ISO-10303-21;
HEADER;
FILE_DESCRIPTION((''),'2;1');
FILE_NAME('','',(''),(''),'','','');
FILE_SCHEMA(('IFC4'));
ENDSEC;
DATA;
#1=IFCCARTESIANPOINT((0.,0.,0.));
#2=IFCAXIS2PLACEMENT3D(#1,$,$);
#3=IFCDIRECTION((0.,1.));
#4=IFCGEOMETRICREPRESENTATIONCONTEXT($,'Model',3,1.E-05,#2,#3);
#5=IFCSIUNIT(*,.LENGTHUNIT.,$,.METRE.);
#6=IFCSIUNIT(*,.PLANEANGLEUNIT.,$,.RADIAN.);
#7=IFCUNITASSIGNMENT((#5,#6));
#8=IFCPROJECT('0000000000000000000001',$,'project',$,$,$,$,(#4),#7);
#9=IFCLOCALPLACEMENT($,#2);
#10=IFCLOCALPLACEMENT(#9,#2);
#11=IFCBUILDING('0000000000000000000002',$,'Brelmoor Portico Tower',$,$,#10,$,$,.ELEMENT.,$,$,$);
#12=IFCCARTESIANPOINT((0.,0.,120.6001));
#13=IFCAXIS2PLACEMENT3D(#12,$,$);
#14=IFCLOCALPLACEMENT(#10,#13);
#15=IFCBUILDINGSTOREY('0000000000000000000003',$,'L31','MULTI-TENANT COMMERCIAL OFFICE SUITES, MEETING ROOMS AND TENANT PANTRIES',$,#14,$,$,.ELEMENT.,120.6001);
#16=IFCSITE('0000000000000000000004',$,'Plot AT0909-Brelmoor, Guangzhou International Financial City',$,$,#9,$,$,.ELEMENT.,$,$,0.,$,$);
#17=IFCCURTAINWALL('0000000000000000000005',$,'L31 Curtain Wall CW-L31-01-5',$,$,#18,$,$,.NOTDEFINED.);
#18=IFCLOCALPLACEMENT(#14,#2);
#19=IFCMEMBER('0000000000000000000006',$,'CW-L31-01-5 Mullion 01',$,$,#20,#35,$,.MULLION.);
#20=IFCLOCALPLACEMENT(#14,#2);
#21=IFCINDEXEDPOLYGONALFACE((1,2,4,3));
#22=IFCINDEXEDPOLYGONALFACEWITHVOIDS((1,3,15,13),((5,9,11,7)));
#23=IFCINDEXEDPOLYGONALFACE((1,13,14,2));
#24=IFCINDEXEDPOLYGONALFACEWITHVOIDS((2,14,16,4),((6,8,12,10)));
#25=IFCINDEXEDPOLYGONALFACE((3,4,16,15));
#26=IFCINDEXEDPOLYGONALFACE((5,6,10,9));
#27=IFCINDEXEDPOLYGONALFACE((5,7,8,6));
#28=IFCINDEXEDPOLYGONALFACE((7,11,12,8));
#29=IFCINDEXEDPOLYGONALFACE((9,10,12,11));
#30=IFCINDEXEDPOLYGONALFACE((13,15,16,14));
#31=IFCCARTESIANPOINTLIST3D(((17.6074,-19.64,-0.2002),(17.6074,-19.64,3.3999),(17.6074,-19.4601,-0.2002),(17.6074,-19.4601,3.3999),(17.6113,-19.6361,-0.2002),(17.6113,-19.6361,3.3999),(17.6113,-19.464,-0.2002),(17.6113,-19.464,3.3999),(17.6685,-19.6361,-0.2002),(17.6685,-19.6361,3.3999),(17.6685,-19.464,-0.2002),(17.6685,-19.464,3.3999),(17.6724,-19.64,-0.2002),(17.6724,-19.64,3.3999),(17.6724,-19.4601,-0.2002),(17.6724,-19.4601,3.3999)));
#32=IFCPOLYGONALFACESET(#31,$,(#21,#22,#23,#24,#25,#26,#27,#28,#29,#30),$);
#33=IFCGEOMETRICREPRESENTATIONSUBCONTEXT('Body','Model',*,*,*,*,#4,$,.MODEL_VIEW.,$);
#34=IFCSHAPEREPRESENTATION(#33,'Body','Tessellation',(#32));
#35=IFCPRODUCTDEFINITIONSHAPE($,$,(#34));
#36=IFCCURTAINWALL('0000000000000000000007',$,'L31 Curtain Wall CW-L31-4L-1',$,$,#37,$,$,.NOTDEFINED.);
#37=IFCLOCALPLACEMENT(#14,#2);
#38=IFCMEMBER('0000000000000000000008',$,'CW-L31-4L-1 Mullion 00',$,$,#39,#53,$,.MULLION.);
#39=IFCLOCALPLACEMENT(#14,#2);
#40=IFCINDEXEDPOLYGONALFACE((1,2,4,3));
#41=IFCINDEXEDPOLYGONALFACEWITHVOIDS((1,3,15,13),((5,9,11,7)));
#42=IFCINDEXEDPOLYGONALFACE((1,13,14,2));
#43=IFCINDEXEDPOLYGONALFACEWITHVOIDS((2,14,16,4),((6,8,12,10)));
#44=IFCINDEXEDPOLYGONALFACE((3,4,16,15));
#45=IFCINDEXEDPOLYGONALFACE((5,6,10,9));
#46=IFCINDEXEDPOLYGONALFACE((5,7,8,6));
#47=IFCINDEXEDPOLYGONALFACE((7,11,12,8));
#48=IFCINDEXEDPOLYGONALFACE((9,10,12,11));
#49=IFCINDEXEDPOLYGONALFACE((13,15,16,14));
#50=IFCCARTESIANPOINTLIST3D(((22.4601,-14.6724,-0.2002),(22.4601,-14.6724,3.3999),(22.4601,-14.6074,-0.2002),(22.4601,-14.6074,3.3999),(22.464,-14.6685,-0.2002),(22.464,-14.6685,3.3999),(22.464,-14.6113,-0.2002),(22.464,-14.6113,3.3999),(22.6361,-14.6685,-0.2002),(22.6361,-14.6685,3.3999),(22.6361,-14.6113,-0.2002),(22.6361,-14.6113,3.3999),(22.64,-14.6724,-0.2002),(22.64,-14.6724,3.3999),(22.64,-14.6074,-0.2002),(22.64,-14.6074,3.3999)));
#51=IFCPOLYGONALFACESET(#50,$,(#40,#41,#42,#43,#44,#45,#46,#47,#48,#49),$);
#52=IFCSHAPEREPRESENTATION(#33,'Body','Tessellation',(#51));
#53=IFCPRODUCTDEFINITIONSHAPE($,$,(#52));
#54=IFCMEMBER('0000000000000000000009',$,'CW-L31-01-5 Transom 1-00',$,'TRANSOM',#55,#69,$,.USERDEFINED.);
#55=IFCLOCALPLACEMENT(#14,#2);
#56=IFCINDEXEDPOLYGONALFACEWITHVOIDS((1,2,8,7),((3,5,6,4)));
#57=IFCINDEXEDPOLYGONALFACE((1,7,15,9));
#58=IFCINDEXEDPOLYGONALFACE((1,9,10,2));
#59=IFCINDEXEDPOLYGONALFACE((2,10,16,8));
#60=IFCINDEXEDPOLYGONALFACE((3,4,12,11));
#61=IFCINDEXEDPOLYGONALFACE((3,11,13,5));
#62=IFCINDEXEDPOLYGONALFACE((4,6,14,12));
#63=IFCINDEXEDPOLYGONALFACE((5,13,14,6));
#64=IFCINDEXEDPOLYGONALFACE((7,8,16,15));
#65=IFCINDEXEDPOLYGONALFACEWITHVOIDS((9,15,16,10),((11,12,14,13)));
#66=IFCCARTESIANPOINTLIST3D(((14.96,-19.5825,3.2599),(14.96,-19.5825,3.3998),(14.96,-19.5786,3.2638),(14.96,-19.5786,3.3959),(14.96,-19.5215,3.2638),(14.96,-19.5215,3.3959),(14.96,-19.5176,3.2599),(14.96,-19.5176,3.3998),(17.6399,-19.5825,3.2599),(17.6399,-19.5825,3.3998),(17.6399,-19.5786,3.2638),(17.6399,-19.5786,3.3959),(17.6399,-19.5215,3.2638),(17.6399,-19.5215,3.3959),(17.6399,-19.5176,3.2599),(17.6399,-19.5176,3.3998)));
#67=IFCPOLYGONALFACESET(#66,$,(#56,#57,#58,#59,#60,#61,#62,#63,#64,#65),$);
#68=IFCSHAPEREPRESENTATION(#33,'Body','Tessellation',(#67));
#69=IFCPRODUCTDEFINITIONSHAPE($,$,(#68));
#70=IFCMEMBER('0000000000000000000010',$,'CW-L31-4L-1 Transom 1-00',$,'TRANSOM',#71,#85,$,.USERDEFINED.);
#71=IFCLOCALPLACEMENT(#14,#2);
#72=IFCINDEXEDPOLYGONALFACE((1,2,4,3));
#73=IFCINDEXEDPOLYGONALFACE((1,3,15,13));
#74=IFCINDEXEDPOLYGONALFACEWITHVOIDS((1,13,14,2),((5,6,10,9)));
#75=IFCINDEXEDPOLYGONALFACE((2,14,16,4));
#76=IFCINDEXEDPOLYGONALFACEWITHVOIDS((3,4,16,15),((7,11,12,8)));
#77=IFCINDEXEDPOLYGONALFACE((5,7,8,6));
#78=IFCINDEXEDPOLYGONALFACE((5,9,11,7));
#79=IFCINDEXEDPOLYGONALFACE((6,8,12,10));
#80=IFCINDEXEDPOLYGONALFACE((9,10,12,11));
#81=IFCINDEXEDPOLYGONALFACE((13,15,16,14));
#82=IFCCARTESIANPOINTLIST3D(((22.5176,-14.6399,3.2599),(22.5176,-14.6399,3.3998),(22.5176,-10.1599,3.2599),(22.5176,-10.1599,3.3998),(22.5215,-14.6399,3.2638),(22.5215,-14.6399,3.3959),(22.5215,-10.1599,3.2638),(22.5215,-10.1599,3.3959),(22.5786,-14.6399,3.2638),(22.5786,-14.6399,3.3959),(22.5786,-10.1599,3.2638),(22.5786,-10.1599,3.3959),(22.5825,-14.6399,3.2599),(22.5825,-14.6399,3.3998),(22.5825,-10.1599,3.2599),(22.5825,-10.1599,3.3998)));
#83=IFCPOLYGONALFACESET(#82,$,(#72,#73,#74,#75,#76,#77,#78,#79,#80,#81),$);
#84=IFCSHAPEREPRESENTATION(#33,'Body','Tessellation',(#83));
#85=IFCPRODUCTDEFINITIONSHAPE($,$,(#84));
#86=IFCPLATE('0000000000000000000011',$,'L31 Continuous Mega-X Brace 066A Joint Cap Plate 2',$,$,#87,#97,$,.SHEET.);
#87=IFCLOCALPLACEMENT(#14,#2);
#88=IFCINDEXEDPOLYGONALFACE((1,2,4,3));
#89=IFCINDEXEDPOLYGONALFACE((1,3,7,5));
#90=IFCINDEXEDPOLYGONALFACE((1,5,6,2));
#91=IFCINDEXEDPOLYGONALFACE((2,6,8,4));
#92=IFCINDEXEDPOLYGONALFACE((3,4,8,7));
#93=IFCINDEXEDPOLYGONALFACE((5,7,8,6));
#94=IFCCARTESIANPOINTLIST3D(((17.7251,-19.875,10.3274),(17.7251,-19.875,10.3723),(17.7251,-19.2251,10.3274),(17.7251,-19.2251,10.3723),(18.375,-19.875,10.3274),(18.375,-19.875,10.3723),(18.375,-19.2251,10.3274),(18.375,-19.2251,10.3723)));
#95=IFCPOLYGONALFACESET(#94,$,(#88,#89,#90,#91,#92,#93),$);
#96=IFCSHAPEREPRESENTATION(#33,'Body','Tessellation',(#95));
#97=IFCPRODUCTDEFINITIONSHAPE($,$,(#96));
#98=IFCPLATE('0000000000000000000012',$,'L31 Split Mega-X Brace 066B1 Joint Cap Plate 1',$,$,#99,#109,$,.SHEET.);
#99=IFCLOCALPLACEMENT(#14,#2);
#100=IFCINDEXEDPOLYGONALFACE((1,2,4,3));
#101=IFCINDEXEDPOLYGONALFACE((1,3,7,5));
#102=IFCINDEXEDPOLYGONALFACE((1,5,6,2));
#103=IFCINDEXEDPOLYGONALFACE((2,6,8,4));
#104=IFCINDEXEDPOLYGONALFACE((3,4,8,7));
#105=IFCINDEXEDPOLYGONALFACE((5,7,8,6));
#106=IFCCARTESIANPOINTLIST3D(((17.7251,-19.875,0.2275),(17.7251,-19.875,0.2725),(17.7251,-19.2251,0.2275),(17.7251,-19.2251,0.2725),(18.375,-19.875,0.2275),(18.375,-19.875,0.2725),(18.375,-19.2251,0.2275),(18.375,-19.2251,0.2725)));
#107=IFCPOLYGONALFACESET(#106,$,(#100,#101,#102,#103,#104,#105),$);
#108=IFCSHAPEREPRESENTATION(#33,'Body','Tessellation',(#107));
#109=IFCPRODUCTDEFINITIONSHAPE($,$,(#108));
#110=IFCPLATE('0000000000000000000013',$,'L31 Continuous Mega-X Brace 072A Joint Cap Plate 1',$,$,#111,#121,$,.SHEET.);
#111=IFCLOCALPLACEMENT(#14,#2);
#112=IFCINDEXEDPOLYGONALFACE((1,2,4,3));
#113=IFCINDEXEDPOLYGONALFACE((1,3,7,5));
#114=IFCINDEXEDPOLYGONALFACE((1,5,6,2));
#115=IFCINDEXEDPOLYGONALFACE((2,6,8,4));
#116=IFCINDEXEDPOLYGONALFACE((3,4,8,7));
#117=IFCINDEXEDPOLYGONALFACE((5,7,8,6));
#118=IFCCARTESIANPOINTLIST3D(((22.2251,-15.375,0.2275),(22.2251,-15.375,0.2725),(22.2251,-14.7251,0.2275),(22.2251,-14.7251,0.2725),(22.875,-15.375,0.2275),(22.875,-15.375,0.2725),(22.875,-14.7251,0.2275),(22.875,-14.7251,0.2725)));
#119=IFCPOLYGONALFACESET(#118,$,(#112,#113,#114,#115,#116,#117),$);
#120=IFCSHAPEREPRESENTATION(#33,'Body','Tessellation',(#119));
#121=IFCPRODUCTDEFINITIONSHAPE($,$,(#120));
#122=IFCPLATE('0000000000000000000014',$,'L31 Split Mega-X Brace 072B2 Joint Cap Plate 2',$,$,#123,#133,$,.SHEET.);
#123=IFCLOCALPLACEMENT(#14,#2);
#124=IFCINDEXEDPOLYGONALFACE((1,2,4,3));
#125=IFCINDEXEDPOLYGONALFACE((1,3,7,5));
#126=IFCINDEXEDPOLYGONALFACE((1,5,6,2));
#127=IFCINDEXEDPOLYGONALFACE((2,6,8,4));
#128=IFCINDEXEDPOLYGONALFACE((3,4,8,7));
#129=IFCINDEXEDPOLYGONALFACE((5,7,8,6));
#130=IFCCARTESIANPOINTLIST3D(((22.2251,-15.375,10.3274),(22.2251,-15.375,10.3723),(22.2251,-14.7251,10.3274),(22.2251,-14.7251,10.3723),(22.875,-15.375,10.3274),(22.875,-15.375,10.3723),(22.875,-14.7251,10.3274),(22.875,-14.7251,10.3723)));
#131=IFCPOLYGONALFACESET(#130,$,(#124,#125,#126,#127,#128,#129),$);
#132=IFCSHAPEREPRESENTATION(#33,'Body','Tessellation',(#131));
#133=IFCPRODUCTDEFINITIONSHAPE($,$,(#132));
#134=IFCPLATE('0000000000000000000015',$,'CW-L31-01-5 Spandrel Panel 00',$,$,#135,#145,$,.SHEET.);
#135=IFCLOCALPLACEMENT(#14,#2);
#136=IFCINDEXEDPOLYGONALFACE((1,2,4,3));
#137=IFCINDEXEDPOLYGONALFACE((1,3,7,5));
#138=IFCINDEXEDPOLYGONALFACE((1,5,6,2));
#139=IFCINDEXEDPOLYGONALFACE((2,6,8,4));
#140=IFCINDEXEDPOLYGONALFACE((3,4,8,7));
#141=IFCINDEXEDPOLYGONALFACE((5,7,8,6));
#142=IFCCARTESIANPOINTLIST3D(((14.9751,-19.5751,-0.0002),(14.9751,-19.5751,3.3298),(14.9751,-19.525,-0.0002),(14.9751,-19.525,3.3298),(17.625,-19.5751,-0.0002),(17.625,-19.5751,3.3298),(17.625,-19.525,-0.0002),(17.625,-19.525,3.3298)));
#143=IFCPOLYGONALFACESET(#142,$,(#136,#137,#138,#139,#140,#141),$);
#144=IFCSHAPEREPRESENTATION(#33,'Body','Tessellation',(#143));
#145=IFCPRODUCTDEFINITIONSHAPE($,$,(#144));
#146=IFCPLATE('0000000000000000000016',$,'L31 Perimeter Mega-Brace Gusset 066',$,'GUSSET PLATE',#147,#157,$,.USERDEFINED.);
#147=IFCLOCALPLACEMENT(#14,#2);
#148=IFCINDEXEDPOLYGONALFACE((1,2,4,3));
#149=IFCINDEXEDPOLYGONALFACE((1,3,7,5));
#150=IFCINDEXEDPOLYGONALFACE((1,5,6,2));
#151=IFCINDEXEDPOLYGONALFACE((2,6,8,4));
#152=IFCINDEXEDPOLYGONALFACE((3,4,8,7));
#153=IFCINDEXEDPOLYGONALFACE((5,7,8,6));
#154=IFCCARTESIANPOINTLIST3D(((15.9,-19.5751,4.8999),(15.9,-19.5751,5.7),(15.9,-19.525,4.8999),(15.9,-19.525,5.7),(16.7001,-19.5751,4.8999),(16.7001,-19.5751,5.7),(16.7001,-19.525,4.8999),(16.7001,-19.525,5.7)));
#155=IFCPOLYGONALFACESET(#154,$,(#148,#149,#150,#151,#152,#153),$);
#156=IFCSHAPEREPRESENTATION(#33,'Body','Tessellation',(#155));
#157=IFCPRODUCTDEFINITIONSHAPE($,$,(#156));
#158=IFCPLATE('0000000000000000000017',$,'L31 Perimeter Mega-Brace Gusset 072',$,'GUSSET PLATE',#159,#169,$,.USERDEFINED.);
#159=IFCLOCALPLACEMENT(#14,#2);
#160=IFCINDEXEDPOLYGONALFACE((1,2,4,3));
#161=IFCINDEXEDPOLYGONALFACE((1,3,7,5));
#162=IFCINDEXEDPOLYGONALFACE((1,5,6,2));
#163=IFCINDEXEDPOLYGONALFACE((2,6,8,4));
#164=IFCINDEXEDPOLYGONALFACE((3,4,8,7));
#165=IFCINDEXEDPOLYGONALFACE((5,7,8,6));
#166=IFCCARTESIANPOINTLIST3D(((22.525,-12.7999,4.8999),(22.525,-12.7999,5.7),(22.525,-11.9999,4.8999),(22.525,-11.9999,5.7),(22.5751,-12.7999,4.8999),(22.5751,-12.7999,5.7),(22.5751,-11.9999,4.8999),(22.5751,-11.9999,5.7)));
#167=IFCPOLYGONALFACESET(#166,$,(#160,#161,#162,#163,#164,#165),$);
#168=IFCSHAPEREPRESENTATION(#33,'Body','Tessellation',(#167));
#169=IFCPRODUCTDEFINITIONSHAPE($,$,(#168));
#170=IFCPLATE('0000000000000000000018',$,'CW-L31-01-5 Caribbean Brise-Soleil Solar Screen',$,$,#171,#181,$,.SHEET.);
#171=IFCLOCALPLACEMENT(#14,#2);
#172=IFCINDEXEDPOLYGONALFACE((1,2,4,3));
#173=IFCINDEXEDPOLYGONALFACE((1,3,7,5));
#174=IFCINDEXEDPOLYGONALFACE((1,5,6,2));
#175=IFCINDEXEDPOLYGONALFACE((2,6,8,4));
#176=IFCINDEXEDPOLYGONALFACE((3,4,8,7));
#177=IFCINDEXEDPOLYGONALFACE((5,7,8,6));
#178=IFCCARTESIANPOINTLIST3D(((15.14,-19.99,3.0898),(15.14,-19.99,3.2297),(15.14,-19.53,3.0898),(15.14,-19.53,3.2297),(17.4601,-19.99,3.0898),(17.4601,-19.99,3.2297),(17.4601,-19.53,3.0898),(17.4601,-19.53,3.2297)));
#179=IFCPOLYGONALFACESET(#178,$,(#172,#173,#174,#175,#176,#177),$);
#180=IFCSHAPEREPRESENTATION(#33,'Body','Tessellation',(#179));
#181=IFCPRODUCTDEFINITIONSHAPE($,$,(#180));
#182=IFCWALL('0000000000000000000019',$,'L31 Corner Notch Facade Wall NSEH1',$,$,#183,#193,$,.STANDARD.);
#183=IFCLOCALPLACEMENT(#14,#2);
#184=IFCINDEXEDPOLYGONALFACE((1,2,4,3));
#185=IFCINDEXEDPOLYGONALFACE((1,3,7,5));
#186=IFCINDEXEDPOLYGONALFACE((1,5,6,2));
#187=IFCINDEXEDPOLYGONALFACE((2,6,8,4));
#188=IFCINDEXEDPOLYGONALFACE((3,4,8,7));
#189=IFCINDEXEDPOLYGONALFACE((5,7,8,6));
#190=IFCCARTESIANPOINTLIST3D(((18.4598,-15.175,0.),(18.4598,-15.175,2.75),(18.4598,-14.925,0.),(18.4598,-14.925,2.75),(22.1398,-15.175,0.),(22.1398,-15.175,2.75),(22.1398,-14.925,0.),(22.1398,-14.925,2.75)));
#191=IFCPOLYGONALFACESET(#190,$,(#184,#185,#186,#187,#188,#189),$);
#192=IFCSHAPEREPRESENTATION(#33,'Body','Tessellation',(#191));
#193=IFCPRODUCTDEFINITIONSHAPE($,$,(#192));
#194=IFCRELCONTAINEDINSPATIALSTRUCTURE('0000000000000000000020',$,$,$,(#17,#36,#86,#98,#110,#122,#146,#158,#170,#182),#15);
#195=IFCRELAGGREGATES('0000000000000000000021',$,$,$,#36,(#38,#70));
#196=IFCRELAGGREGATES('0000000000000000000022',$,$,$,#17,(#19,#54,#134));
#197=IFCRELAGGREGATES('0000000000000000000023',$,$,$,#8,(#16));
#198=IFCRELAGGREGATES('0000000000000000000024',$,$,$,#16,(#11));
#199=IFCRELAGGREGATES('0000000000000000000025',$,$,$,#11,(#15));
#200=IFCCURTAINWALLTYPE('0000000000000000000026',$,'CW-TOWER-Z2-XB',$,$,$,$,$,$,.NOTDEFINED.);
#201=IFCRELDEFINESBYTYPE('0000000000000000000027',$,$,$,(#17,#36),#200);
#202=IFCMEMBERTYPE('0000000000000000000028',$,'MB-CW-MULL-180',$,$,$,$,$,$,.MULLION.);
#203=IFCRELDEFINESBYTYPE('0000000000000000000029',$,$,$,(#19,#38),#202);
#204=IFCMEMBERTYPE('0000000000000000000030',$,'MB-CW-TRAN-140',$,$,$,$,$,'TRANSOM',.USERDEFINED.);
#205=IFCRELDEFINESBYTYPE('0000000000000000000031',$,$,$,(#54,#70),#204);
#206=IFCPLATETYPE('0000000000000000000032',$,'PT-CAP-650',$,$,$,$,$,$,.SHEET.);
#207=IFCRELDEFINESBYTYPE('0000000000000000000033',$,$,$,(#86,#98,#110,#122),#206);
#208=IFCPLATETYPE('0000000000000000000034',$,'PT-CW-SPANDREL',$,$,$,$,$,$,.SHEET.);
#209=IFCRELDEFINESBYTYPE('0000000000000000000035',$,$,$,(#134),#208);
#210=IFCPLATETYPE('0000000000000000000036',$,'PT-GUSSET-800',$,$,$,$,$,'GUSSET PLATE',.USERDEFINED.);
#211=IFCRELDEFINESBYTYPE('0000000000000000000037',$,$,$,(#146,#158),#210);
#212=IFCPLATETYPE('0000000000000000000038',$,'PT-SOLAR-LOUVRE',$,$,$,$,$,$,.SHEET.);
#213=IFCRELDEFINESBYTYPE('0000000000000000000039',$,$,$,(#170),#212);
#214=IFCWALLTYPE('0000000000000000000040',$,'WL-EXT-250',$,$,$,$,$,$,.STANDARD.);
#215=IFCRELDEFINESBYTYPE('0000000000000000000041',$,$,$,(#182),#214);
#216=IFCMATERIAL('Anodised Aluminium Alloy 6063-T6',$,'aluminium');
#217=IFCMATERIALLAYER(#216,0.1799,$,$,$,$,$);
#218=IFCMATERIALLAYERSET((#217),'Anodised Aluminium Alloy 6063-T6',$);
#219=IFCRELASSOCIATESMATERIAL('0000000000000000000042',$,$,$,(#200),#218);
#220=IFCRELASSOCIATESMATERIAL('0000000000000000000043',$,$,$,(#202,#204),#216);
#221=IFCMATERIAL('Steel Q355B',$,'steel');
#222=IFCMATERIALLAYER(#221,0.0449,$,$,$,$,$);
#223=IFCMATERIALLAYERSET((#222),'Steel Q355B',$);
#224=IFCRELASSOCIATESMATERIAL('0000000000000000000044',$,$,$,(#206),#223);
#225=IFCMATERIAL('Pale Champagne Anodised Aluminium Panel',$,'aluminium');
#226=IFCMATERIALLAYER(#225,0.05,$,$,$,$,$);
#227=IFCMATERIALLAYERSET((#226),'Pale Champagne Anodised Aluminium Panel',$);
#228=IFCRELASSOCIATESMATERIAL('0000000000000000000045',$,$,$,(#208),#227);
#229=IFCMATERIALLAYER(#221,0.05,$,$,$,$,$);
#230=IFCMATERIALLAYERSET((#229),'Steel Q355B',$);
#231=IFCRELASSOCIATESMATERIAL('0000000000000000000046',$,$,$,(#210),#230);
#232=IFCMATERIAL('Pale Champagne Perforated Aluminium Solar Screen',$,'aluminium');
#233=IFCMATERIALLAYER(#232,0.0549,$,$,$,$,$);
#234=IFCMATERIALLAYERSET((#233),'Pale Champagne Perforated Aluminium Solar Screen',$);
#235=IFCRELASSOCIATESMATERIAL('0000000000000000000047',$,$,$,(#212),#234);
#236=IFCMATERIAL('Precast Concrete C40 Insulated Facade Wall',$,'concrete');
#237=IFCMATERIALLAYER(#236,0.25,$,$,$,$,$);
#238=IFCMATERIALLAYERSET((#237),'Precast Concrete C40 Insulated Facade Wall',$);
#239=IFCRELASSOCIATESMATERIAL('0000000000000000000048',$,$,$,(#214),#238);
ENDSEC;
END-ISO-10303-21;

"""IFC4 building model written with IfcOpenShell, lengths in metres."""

from ifc_helpers import new_model, si_unit, direction, frame, frame_2d, origin, origin_2d, place, context, subcontext, project, spatial, rectangle, hollow_rectangle, extrude, material, layer, layer_set, material_profile, profile_set, type_object, element, aggregate, save


model = new_model("IFC4")

# Units and contexts
model_context = context("Model", 3, precision=1e-05, world=origin(), true_north=direction((0.0, 1.0)))
body_context = subcontext(model_context, "Body", "Model", "MODEL_VIEW")
ifc_project = project(units=[si_unit("LENGTHUNIT", "METRE"), si_unit("PLANEANGLEUNIT", "RADIAN")], contexts=[model_context])

# Site, building, storey
site_placement = place(None, origin())
site = spatial("IfcSite", under=ifc_project, at=site_placement, Name="Plot AT0909-Brelmoor, Guangzhou International Financial City", CompositionType="ELEMENT", RefElevation=0.0)
building_placement = place(site_placement, origin())
building = spatial("IfcBuilding", under=site, at=building_placement, Name="Brelmoor Portico Tower", CompositionType="ELEMENT")
storey_placement = place(building_placement, frame((0.0, 0.0, 120.6001)))
storey = spatial("IfcBuildingStorey", under=building, at=storey_placement, Name="L31", Description="MULTI-TENANT COMMERCIAL OFFICE SUITES, MEETING ROOMS AND TENANT PANTRIES", CompositionType="ELEMENT", Elevation=120.6001)

# Shared definitions
ifc_material_1 = material(Name="Steel Q355B", Category="steel")

# Curtain wall, member
ifc_material_2 = material(Name="Anodised Aluminium Alloy 6063-T6", Category="aluminium")
ifc_layer_1 = layer(ifc_material_2, 0.1799)
ifc_layer_set_1 = layer_set([ifc_layer_1], Name="Anodised Aluminium Alloy 6063-T6")
curtain_wall_type = type_object("IfcCurtainWallType", Name="CW-TOWER-Z2-XB", PredefinedType="NOTDEFINED", material=ifc_layer_set_1)
curtain_wall_1_placement = place(storey_placement, origin())
curtain_wall_1 = element("IfcCurtainWall", 1, at=curtain_wall_1_placement, inside=storey, type_object=curtain_wall_type, Name="L31 Curtain Wall CW-L31-01-5", PredefinedType="NOTDEFINED")
ifc_material_profile_1 = material_profile(ifc_material_2, hollow_rectangle(XDim=0.0649, YDim=0.1799, WallThickness=0.0039, at=origin_2d()), Name="ALU MULLION 65x180")
ifc_profile_set_1 = profile_set([ifc_material_profile_1], Name="Anodised Aluminium Alloy 6063-T6")
member_type_1 = type_object("IfcMemberType", Name="MB-CW-MULL-180", PredefinedType="MULLION", material=ifc_profile_set_1)
member_1_placement = place(storey_placement, frame((17.6399, -19.55, -0.2002), z_axis=(0.0, 0.0, 1.0), x_axis=(1.0, 0.0, 0.0)))
member_1 = element("IfcMember", 2, at=member_1_placement, type_object=member_type_1, Name="CW-L31-01-5 Mullion 01", PredefinedType="MULLION", context=body_context, shape_type="SweptSolid", body=[
    extrude(hollow_rectangle(XDim=0.0649, YDim=0.1799, WallThickness=0.0039, at=origin_2d()), origin(), (0.0, 0.0, 1.0), 3.6001),
])

# Curtain wall, member
curtain_wall_2_placement = place(storey_placement, origin())
curtain_wall_2 = element("IfcCurtainWall", 3, at=curtain_wall_2_placement, inside=storey, type_object=curtain_wall_type, Name="L31 Curtain Wall CW-L31-4L-1", PredefinedType="NOTDEFINED")
member_2_placement = place(storey_placement, frame((22.55, -14.6399, -0.2002), z_axis=(0.0, 0.0, 1.0), x_axis=(0.0, 1.0, 0.0)))
member_2 = element("IfcMember", 4, at=member_2_placement, type_object=member_type_1, Name="CW-L31-4L-1 Mullion 00", PredefinedType="MULLION", context=body_context, shape_type="SweptSolid", body=[
    extrude(hollow_rectangle(XDim=0.0649, YDim=0.1799, WallThickness=0.0039, at=origin_2d()), origin(), (0.0, 0.0, 1.0), 3.6001),
])

# Members
ifc_material_profile_2 = material_profile(ifc_material_2, hollow_rectangle(XDim=0.0649, YDim=0.1399, WallThickness=0.0039, at=origin_2d()), Name="ALU TRANSOM 65x140")
ifc_profile_set_2 = profile_set([ifc_material_profile_2], Name="Anodised Aluminium Alloy 6063-T6")
member_type_2 = type_object("IfcMemberType", Name="MB-CW-TRAN-140", ElementType="TRANSOM", PredefinedType="USERDEFINED", material=ifc_profile_set_2)
member_3_placement = place(storey_placement, frame((14.96, -19.55, 3.3298), z_axis=(1.0, 0.0, 0.0), x_axis=(0.0, 1.0, 0.0)))
member_3 = element("IfcMember", 5, at=member_3_placement, type_object=member_type_2, Name="CW-L31-01-5 Transom 1-00", ObjectType="TRANSOM", PredefinedType="USERDEFINED", context=body_context, shape_type="SweptSolid", body=[
    extrude(hollow_rectangle(XDim=0.0649, YDim=0.1399, WallThickness=0.0039, at=origin_2d()), origin(), (0.0, 0.0, 1.0), 2.6799),
])
member_4_placement = place(storey_placement, frame((22.55, -14.6399, 3.3298), z_axis=(0.0, 1.0, 0.0), x_axis=(-1.0, 0.0, 0.0)))
member_4 = element("IfcMember", 6, at=member_4_placement, type_object=member_type_2, Name="CW-L31-4L-1 Transom 1-00", ObjectType="TRANSOM", PredefinedType="USERDEFINED", context=body_context, shape_type="SweptSolid", body=[
    extrude(hollow_rectangle(XDim=0.0649, YDim=0.1399, WallThickness=0.0039, at=origin_2d()), origin(), (0.0, 0.0, 1.0), 4.48),
])
aggregate(curtain_wall_2, [member_2, member_4])

# Plates
ifc_layer_2 = layer(ifc_material_1, 0.0449)
ifc_layer_set_2 = layer_set([ifc_layer_2], Name="Steel Q355B")
plate_type_1 = type_object("IfcPlateType", Name="PT-CAP-650", PredefinedType="SHEET", material=ifc_layer_set_2)
for number, where, z_axis, x_axis, name in (
    (7, (18.05, -19.55, 10.3274), (0.0, 0.0, 1.0), (1.0, 0.0, 0.0), "L31 Continuous Mega-X Brace 066A Joint Cap Plate 2"),
    (8, (18.05, -19.55, 0.2275), (0.0, 0.0, 1.0), (1.0, 0.0, 0.0), "L31 Split Mega-X Brace 066B1 Joint Cap Plate 1"),
    (9, (22.55, -15.05, 0.2275), (0.0, 0.0, 1.0), (1.0, 0.0, 0.0), "L31 Continuous Mega-X Brace 072A Joint Cap Plate 1"),
    (10, (22.55, -15.05, 10.3274), (0.0, 0.0, 1.0), (1.0, 0.0, 0.0), "L31 Split Mega-X Brace 072B2 Joint Cap Plate 2"),
):
    element("IfcPlate", number, at=place(storey_placement, frame(where, z_axis=z_axis, x_axis=x_axis)), inside=storey, type_object=plate_type_1, Name=name, PredefinedType="SHEET", context=body_context, shape_type="SweptSolid", body=[
        extrude(rectangle(XDim=0.6499, YDim=0.6499, at=origin_2d()), origin(), (0.0, 0.0, 1.0), 0.0449),
    ])

# Plate
ifc_material_3 = material(Name="Pale Champagne Anodised Aluminium Panel", Category="aluminium")
ifc_layer_3 = layer(ifc_material_3, 0.05)
ifc_layer_set_3 = layer_set([ifc_layer_3], Name="Pale Champagne Anodised Aluminium Panel")
plate_type_2 = type_object("IfcPlateType", Name="PT-CW-SPANDREL", PredefinedType="SHEET", material=ifc_layer_set_3)
plate_1_placement = place(storey_placement, frame((16.3, -19.55, -0.0002), z_axis=(0.0, 0.0, 1.0), x_axis=(1.0, 0.0, 0.0)))
plate_1 = element("IfcPlate", 11, at=plate_1_placement, type_object=plate_type_2, Name="CW-L31-01-5 Spandrel Panel 00", PredefinedType="SHEET", context=body_context, shape_type="SweptSolid", body=[
    extrude(rectangle(XDim=2.6499, YDim=0.05, at=origin_2d()), origin(), (0.0, 0.0, 1.0), 3.3301),
])
aggregate(curtain_wall_1, [member_1, member_3, plate_1])

# Plates
ifc_layer_4 = layer(ifc_material_1, 0.05)
ifc_layer_set_4 = layer_set([ifc_layer_4], Name="Steel Q355B")
plate_type_3 = type_object("IfcPlateType", Name="PT-GUSSET-800", ElementType="GUSSET PLATE", PredefinedType="USERDEFINED", material=ifc_layer_set_4)
plate_2_placement = place(storey_placement, frame((16.3, -19.55, 4.8999), z_axis=(0.0, 0.0, 1.0), x_axis=(1.0, 0.0, 0.0)))
element("IfcPlate", 12, at=plate_2_placement, inside=storey, type_object=plate_type_3, Name="L31 Perimeter Mega-Brace Gusset 066", ObjectType="GUSSET PLATE", PredefinedType="USERDEFINED", context=body_context, shape_type="SweptSolid", body=[
    extrude(rectangle(XDim=0.8, YDim=0.05, at=origin_2d()), origin(), (0.0, 0.0, 1.0), 0.8),
])
plate_3_placement = place(storey_placement, frame((22.55, -12.3999, 4.8999), z_axis=(0.0, 0.0, 1.0), x_axis=(1.0, 0.0, 0.0)))
element("IfcPlate", 13, at=plate_3_placement, inside=storey, type_object=plate_type_3, Name="L31 Perimeter Mega-Brace Gusset 072", ObjectType="GUSSET PLATE", PredefinedType="USERDEFINED", context=body_context, shape_type="SweptSolid", body=[
    extrude(rectangle(XDim=0.05, YDim=0.8, at=origin_2d()), origin(), (0.0, 0.0, 1.0), 0.8),
])
ifc_material_4 = material(Name="Pale Champagne Perforated Aluminium Solar Screen", Category="aluminium")
ifc_layer_5 = layer(ifc_material_4, 0.0549)
ifc_layer_set_5 = layer_set([ifc_layer_5], Name="Pale Champagne Perforated Aluminium Solar Screen")
plate_type_4 = type_object("IfcPlateType", Name="PT-SOLAR-LOUVRE", PredefinedType="SHEET", material=ifc_layer_set_5)
plate_4_placement = place(storey_placement, frame((16.3, -19.76, 3.0898), z_axis=(0.0, 0.0, 1.0), x_axis=(1.0, 0.0, 0.0)))
element("IfcPlate", 14, at=plate_4_placement, inside=storey, type_object=plate_type_4, Name="CW-L31-01-5 Caribbean Brise-Soleil Solar Screen", PredefinedType="SHEET", context=body_context, shape_type="SweptSolid", body=[
    extrude(rectangle(XDim=2.3201, YDim=0.46, at=origin_2d()), origin(), (0.0, 0.0, 1.0), 0.1399),
])

# Wall
ifc_material_5 = material(Name="Precast Concrete C40 Insulated Facade Wall", Category="concrete")
ifc_layer_6 = layer(ifc_material_5, 0.25)
ifc_layer_set_6 = layer_set([ifc_layer_6], Name="Precast Concrete C40 Insulated Facade Wall")
wall_type_1 = type_object("IfcWallType", Name="WL-EXT-250", PredefinedType="STANDARD", material=ifc_layer_set_6)
for number, where, z_axis, x_axis, name in (
    (15, (18.46, -15.05, 0.0), (0.0, 0.0, 1.0), (1.0, 0.0, 0.0), "L31 Corner Notch Facade Wall NSEH1"),
):
    element("IfcWall", number, at=place(storey_placement, frame(where, z_axis=z_axis, x_axis=x_axis)), inside=storey, type_object=wall_type_1, Name=name, PredefinedType="STANDARD", context=body_context, shape_type="SweptSolid", body=[
        extrude(rectangle(XDim=3.6799, YDim=0.25, at=frame_2d((1.8398, 0.0))), origin(), (0.0, 0.0, 1.0), 2.75),
    ])

save(model, "model.ifc")
